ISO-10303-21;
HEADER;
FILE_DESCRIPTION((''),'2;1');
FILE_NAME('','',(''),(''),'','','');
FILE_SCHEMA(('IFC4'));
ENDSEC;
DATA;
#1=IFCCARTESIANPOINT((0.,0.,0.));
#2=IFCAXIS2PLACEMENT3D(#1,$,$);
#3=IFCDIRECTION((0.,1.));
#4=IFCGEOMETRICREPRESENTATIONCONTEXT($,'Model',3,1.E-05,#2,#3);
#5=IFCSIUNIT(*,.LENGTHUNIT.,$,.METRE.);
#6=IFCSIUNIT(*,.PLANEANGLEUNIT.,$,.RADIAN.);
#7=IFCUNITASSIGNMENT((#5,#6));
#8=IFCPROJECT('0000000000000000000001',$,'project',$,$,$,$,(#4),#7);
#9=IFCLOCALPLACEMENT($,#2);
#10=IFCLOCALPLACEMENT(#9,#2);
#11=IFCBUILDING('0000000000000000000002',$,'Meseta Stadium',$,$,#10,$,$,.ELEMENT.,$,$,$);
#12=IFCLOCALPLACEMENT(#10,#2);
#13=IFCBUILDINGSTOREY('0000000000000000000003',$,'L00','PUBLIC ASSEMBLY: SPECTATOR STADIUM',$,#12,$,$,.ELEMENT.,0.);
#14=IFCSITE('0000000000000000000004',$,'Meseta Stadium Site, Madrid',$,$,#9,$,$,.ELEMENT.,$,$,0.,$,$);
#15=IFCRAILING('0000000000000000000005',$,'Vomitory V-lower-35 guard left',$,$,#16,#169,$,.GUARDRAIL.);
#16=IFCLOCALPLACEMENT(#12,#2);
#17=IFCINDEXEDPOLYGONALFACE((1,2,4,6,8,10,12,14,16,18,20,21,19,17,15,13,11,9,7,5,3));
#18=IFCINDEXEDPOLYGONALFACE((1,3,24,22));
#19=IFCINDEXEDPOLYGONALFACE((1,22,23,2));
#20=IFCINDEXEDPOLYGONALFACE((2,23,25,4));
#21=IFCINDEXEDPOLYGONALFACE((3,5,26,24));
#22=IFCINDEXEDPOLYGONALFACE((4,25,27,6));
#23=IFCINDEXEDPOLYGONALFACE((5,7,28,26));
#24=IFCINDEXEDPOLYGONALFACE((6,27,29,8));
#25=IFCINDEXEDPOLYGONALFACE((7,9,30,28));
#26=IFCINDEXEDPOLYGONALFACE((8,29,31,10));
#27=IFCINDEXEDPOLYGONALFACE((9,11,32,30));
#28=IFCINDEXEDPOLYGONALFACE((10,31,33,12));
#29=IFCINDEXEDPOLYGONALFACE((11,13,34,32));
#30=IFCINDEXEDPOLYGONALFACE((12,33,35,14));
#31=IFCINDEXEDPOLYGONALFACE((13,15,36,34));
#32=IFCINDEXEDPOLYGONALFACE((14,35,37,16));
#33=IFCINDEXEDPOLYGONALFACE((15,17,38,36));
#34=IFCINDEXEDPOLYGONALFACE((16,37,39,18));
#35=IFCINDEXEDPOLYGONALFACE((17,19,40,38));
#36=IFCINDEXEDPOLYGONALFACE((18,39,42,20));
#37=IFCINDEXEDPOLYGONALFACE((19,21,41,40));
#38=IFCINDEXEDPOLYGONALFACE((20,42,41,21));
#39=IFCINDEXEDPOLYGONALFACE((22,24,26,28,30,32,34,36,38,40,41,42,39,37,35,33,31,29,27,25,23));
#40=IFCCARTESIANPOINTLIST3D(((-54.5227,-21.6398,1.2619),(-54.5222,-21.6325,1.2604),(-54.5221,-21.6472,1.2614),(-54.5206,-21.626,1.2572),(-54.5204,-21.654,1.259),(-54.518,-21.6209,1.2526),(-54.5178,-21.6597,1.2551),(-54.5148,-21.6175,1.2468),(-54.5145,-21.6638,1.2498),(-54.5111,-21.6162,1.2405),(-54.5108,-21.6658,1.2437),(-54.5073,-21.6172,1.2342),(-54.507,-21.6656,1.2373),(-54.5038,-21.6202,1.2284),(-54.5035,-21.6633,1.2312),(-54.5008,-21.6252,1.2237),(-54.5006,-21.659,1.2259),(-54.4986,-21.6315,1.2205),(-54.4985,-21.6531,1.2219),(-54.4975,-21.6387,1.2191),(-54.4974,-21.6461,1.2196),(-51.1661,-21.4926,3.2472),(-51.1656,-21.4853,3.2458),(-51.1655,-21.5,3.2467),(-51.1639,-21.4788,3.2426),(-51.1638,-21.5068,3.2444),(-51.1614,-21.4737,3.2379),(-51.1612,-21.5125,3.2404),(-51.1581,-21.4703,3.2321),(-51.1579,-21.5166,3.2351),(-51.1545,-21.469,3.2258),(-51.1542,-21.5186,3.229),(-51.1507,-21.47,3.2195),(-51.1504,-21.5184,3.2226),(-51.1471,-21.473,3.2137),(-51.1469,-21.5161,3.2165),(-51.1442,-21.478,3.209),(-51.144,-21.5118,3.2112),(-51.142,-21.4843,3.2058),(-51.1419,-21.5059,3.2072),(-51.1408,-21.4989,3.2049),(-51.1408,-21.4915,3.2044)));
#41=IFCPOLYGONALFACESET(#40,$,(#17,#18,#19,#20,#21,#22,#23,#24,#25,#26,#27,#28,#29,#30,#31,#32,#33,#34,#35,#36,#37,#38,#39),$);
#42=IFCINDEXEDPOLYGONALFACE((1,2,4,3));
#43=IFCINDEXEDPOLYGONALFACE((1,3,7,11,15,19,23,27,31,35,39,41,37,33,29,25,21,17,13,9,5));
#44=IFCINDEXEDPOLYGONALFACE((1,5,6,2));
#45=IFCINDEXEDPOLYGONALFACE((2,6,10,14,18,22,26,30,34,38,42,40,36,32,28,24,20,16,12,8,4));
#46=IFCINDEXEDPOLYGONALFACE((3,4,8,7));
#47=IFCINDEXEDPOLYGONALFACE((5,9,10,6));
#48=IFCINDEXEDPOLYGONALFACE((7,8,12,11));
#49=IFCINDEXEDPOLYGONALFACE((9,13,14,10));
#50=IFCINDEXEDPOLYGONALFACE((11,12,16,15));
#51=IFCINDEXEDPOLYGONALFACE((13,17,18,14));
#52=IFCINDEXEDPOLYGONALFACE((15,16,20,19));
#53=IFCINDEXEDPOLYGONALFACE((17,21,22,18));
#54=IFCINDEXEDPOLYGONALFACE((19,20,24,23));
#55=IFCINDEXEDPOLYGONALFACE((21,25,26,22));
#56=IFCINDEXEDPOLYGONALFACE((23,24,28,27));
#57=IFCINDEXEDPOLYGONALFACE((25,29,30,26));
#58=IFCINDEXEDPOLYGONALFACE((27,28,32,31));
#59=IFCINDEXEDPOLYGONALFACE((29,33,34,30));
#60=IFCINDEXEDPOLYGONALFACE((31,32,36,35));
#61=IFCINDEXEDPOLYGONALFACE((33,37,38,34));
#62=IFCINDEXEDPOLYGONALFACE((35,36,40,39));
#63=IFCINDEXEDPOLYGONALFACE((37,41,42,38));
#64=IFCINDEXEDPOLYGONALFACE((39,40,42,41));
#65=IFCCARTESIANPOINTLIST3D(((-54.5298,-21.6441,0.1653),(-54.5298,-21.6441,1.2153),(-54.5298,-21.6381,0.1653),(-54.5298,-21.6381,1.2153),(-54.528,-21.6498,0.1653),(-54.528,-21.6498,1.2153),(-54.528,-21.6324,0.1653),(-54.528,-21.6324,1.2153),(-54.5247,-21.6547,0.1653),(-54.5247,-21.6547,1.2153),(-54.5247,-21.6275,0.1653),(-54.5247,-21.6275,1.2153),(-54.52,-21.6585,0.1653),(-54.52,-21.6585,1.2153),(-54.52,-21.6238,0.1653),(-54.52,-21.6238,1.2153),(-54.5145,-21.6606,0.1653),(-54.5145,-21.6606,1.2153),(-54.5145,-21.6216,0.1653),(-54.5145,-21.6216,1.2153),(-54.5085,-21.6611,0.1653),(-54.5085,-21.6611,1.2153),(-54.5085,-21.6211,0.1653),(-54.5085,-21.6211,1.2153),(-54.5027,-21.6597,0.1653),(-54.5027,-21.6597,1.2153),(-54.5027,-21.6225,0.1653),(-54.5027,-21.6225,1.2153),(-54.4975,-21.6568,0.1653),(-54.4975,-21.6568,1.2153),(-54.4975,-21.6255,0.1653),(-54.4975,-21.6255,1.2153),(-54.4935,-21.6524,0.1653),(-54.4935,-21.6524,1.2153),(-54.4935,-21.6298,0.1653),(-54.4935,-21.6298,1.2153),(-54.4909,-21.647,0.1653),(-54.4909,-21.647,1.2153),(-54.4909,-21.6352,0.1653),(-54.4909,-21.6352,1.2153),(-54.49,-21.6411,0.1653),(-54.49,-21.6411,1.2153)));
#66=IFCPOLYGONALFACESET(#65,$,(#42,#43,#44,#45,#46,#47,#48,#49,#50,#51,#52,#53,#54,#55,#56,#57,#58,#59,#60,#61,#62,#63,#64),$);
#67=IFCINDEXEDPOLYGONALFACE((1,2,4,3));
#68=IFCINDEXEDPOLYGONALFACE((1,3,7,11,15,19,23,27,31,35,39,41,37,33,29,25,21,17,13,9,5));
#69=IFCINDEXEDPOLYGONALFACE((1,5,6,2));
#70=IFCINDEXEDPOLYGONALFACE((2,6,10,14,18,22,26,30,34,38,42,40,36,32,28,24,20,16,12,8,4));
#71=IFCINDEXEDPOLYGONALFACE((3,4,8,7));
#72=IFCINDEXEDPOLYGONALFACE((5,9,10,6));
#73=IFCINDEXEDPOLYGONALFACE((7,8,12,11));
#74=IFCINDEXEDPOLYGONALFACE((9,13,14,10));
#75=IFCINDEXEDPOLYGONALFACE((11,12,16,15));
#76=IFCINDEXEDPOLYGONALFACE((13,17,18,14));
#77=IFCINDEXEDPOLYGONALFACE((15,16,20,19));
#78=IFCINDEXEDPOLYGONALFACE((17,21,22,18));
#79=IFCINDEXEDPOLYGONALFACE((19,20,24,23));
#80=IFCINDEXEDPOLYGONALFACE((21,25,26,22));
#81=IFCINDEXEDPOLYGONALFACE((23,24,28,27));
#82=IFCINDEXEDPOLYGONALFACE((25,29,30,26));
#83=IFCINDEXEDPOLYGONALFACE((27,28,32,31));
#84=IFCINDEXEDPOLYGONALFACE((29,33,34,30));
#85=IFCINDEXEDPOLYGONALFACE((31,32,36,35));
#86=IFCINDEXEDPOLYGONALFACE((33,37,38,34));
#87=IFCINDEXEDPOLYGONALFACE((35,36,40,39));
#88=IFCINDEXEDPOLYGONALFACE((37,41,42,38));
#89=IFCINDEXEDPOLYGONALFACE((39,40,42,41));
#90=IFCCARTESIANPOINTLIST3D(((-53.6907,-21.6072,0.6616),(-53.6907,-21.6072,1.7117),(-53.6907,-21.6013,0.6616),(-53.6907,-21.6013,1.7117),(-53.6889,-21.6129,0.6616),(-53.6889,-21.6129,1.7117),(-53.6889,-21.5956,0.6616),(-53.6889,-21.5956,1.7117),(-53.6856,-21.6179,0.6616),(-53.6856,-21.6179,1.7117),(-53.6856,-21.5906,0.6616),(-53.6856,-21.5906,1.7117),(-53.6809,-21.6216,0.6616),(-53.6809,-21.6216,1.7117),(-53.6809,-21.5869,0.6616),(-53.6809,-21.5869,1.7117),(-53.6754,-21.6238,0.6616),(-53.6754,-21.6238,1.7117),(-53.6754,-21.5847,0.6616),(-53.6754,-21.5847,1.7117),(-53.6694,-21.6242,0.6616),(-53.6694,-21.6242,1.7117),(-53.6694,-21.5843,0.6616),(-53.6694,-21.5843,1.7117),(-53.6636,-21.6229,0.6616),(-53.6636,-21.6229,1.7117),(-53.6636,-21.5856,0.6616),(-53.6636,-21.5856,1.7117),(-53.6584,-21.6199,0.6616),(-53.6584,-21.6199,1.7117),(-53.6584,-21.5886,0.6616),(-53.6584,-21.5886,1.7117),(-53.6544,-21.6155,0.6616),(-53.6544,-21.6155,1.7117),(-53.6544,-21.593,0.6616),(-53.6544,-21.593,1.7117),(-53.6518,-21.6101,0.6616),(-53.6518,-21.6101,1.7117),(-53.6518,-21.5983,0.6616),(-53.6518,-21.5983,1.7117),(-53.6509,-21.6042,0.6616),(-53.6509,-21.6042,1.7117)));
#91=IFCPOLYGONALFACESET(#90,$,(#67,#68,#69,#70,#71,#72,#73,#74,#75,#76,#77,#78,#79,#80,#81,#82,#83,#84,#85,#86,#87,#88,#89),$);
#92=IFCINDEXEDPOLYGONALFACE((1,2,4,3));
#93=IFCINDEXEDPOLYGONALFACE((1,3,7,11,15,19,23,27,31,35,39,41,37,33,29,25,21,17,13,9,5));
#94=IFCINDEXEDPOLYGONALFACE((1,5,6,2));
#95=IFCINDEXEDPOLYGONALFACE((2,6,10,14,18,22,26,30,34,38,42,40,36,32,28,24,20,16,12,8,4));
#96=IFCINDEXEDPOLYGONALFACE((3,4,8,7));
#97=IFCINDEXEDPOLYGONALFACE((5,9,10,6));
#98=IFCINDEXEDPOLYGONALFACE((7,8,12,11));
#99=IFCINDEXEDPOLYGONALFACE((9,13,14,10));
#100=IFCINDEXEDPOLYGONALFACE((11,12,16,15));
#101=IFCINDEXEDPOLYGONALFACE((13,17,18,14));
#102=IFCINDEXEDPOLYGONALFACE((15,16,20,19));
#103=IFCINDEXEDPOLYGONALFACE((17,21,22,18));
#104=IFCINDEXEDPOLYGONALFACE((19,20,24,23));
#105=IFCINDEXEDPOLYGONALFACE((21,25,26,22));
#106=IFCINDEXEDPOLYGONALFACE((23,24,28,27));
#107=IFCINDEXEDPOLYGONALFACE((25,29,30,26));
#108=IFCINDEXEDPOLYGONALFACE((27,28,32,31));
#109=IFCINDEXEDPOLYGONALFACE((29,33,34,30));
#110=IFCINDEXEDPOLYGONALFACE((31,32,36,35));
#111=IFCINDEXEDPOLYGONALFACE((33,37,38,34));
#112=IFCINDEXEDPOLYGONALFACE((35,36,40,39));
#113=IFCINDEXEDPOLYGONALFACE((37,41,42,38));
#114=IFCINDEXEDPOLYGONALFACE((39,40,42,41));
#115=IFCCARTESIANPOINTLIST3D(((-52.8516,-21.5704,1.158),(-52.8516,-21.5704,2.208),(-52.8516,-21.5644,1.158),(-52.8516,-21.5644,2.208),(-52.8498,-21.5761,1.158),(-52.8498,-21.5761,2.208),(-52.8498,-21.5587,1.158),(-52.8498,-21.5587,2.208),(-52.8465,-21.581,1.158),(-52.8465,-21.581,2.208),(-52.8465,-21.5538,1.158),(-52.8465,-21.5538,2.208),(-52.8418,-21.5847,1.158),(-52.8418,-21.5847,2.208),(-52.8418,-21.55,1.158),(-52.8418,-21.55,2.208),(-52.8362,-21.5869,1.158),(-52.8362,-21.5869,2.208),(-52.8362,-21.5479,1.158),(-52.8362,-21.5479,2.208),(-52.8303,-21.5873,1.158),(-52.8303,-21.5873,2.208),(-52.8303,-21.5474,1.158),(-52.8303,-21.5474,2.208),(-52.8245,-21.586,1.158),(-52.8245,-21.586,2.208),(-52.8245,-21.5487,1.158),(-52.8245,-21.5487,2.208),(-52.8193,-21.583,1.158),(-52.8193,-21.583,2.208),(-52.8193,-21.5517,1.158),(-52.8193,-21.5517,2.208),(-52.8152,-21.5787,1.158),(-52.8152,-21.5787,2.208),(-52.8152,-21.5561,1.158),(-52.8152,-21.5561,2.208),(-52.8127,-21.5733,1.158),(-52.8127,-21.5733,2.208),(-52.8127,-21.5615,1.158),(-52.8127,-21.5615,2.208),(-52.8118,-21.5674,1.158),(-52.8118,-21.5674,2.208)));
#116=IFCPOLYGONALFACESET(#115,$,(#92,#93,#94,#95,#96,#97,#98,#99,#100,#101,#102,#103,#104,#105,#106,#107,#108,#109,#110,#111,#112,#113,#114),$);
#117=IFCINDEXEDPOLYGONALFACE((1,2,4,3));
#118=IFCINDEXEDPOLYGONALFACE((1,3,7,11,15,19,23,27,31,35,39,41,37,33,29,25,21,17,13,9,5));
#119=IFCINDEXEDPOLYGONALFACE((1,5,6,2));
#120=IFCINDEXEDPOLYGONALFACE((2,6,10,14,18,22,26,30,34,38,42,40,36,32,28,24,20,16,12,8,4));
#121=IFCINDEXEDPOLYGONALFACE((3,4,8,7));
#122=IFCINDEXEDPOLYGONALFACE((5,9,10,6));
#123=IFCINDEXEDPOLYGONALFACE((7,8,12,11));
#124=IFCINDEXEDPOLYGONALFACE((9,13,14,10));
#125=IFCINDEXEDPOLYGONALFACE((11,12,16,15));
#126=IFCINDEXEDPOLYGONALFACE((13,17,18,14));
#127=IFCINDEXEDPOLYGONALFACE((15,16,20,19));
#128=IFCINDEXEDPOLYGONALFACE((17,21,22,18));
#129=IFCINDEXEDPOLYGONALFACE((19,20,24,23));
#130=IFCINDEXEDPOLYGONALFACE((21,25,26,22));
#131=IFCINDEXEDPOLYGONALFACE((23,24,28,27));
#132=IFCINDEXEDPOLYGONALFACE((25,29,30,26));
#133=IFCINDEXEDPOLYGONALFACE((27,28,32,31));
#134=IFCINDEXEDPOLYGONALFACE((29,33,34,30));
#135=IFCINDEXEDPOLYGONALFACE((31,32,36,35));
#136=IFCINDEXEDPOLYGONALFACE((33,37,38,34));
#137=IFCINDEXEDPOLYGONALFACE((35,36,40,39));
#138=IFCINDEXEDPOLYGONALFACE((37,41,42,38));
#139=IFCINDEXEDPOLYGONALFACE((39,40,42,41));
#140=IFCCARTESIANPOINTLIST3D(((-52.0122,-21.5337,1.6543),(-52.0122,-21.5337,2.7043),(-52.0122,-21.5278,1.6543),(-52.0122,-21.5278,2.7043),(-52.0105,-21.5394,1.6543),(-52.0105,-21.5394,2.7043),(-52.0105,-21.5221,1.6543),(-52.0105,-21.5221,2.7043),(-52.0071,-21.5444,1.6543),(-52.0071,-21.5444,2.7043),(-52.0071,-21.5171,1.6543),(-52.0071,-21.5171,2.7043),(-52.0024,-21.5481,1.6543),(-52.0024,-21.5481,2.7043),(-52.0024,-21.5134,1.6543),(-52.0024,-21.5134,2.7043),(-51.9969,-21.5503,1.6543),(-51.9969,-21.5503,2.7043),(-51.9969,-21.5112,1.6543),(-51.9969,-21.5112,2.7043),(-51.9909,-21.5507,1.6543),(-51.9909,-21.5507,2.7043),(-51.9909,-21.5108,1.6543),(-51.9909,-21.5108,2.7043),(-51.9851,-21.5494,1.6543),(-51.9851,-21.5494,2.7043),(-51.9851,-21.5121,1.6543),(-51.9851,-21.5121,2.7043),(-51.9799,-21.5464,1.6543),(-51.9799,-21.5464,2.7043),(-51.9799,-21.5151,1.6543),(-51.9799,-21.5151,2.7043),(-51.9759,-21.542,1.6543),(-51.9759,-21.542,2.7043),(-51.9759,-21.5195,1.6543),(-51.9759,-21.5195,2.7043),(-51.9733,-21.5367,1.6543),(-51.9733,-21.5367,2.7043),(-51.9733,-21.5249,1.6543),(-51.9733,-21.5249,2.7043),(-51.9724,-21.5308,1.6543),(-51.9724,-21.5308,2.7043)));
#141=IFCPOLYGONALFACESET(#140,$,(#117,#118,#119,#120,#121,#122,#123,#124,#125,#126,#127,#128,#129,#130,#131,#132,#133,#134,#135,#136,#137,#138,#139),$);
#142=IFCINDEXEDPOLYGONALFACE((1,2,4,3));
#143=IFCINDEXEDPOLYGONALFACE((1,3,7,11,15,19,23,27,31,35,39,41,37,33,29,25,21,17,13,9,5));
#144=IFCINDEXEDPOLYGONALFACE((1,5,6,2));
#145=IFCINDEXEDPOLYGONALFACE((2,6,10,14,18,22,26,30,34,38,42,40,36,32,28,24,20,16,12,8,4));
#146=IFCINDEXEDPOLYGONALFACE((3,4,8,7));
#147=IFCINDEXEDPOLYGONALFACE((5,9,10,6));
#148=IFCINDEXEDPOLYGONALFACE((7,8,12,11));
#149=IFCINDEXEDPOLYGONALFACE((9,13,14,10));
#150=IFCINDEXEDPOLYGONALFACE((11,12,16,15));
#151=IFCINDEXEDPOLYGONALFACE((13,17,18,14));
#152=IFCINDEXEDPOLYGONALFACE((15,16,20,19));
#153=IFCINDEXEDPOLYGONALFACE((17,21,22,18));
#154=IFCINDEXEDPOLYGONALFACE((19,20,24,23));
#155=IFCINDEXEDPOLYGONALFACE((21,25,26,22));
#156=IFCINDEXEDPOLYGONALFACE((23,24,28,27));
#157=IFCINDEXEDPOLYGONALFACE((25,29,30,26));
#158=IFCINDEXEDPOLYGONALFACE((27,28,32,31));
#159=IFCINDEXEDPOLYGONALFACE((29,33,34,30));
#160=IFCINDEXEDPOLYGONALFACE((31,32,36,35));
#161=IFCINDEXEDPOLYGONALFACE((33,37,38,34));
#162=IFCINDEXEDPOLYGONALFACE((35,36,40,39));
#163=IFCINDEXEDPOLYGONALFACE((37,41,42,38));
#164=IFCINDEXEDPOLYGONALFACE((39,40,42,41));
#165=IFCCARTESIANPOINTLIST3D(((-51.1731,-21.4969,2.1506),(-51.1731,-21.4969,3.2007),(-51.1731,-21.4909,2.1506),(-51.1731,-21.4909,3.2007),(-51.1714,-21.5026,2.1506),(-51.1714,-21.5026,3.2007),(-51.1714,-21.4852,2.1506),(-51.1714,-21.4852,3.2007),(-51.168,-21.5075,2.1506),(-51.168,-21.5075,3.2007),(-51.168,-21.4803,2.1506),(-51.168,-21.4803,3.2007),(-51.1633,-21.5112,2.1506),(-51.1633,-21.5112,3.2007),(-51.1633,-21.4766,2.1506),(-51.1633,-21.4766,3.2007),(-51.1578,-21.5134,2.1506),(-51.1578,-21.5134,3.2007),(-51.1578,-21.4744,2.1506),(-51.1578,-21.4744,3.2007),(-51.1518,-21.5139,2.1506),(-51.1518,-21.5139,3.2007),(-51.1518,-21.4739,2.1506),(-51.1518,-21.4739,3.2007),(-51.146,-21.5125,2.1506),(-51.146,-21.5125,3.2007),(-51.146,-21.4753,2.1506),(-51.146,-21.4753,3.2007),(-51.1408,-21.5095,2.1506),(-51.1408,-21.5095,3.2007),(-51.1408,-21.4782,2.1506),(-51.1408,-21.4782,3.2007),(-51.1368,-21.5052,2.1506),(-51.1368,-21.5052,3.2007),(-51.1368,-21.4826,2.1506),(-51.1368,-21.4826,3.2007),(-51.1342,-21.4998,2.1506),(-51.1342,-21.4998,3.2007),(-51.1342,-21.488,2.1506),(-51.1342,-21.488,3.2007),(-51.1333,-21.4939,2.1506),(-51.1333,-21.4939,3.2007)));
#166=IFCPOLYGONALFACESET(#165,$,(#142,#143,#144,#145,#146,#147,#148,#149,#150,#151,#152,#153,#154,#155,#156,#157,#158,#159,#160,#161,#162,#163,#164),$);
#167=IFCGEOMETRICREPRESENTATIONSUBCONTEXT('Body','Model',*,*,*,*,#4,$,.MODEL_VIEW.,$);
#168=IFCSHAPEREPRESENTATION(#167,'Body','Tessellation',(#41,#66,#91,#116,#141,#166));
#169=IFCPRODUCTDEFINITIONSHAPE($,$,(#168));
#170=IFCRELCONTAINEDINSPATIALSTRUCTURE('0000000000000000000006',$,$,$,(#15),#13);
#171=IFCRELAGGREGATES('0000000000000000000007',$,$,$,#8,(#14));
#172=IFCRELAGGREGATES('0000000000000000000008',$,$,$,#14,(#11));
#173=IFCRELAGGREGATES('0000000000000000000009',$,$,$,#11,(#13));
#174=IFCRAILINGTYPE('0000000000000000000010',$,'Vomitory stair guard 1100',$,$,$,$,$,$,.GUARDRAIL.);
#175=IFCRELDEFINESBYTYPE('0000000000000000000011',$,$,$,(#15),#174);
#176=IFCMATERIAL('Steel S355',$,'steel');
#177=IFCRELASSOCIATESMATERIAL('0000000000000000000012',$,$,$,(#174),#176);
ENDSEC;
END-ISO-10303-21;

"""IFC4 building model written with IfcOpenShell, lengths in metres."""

from ifc_helpers import new_model, si_unit, direction, frame, origin, origin_2d, place, context, subcontext, project, spatial, circle, extrude, material, type_object, element, save


model = new_model("IFC4")

# Units and contexts
model_context = context("Model", 3, precision=1e-05, world=origin(), true_north=direction((0.0, 1.0)))
body_context = subcontext(model_context, "Body", "Model", "MODEL_VIEW")
ifc_project = project(units=[si_unit("LENGTHUNIT", "METRE"), si_unit("PLANEANGLEUNIT", "RADIAN")], contexts=[model_context])

# Site, building, storey
site_placement = place(None, origin())
site = spatial("IfcSite", under=ifc_project, at=site_placement, Name="Meseta Stadium Site, Madrid", CompositionType="ELEMENT", RefElevation=0.0)
building_placement = place(site_placement, origin())
building = spatial("IfcBuilding", under=site, at=building_placement, Name="Meseta Stadium", CompositionType="ELEMENT")
storey_placement = place(building_placement, origin())
storey = spatial("IfcBuildingStorey", under=building, at=storey_placement, Name="L00", Description="PUBLIC ASSEMBLY: SPECTATOR STADIUM", CompositionType="ELEMENT", Elevation=0.0)

# Railing
ifc_material_1 = material(Name="Steel S355", Category="steel")
railing_type_1 = type_object("IfcRailingType", Name="Vomitory stair guard 1100", PredefinedType="GUARDRAIL", material=ifc_material_1)
for number, where, name in (
    (1, (-54.51, -21.6411, 0.1653), "Vomitory V-lower-35 guard left"),
):
    element("IfcRailing", number, at=place(storey_placement, frame(where)), inside=storey, type_object=railing_type_1, Name=name, PredefinedType="GUARDRAIL", context=body_context, shape_type="SweptSolid", body=[
        extrude(circle(Radius=0.0249, at=origin_2d()), frame((0.0, 0.0, 1.0752), z_axis=(0.860106, 0.037722, 0.508719), x_axis=(-0.043816, 0.99904, 0.0)), (0.0, 0.0, 1.0), 3.9026),
        extrude(circle(Radius=0.02, at=origin_2d()), origin(), (0.0, 0.0, 1.0), 1.05),
        extrude(circle(Radius=0.02, at=origin_2d()), frame((0.8391, 0.0369, 0.4963)), (0.0, 0.0, 1.0), 1.05),
        extrude(circle(Radius=0.02, at=origin_2d()), frame((1.6782, 0.0737, 0.9927)), (0.0, 0.0, 1.0), 1.05),
        extrude(circle(Radius=0.02, at=origin_2d()), frame((2.5176, 0.1104, 1.489)), (0.0, 0.0, 1.0), 1.05),
        extrude(circle(Radius=0.02, at=origin_2d()), frame((3.3567, 0.1472, 1.9854)), (0.0, 0.0, 1.0), 1.05),
    ])

save(model, "model.ifc")
